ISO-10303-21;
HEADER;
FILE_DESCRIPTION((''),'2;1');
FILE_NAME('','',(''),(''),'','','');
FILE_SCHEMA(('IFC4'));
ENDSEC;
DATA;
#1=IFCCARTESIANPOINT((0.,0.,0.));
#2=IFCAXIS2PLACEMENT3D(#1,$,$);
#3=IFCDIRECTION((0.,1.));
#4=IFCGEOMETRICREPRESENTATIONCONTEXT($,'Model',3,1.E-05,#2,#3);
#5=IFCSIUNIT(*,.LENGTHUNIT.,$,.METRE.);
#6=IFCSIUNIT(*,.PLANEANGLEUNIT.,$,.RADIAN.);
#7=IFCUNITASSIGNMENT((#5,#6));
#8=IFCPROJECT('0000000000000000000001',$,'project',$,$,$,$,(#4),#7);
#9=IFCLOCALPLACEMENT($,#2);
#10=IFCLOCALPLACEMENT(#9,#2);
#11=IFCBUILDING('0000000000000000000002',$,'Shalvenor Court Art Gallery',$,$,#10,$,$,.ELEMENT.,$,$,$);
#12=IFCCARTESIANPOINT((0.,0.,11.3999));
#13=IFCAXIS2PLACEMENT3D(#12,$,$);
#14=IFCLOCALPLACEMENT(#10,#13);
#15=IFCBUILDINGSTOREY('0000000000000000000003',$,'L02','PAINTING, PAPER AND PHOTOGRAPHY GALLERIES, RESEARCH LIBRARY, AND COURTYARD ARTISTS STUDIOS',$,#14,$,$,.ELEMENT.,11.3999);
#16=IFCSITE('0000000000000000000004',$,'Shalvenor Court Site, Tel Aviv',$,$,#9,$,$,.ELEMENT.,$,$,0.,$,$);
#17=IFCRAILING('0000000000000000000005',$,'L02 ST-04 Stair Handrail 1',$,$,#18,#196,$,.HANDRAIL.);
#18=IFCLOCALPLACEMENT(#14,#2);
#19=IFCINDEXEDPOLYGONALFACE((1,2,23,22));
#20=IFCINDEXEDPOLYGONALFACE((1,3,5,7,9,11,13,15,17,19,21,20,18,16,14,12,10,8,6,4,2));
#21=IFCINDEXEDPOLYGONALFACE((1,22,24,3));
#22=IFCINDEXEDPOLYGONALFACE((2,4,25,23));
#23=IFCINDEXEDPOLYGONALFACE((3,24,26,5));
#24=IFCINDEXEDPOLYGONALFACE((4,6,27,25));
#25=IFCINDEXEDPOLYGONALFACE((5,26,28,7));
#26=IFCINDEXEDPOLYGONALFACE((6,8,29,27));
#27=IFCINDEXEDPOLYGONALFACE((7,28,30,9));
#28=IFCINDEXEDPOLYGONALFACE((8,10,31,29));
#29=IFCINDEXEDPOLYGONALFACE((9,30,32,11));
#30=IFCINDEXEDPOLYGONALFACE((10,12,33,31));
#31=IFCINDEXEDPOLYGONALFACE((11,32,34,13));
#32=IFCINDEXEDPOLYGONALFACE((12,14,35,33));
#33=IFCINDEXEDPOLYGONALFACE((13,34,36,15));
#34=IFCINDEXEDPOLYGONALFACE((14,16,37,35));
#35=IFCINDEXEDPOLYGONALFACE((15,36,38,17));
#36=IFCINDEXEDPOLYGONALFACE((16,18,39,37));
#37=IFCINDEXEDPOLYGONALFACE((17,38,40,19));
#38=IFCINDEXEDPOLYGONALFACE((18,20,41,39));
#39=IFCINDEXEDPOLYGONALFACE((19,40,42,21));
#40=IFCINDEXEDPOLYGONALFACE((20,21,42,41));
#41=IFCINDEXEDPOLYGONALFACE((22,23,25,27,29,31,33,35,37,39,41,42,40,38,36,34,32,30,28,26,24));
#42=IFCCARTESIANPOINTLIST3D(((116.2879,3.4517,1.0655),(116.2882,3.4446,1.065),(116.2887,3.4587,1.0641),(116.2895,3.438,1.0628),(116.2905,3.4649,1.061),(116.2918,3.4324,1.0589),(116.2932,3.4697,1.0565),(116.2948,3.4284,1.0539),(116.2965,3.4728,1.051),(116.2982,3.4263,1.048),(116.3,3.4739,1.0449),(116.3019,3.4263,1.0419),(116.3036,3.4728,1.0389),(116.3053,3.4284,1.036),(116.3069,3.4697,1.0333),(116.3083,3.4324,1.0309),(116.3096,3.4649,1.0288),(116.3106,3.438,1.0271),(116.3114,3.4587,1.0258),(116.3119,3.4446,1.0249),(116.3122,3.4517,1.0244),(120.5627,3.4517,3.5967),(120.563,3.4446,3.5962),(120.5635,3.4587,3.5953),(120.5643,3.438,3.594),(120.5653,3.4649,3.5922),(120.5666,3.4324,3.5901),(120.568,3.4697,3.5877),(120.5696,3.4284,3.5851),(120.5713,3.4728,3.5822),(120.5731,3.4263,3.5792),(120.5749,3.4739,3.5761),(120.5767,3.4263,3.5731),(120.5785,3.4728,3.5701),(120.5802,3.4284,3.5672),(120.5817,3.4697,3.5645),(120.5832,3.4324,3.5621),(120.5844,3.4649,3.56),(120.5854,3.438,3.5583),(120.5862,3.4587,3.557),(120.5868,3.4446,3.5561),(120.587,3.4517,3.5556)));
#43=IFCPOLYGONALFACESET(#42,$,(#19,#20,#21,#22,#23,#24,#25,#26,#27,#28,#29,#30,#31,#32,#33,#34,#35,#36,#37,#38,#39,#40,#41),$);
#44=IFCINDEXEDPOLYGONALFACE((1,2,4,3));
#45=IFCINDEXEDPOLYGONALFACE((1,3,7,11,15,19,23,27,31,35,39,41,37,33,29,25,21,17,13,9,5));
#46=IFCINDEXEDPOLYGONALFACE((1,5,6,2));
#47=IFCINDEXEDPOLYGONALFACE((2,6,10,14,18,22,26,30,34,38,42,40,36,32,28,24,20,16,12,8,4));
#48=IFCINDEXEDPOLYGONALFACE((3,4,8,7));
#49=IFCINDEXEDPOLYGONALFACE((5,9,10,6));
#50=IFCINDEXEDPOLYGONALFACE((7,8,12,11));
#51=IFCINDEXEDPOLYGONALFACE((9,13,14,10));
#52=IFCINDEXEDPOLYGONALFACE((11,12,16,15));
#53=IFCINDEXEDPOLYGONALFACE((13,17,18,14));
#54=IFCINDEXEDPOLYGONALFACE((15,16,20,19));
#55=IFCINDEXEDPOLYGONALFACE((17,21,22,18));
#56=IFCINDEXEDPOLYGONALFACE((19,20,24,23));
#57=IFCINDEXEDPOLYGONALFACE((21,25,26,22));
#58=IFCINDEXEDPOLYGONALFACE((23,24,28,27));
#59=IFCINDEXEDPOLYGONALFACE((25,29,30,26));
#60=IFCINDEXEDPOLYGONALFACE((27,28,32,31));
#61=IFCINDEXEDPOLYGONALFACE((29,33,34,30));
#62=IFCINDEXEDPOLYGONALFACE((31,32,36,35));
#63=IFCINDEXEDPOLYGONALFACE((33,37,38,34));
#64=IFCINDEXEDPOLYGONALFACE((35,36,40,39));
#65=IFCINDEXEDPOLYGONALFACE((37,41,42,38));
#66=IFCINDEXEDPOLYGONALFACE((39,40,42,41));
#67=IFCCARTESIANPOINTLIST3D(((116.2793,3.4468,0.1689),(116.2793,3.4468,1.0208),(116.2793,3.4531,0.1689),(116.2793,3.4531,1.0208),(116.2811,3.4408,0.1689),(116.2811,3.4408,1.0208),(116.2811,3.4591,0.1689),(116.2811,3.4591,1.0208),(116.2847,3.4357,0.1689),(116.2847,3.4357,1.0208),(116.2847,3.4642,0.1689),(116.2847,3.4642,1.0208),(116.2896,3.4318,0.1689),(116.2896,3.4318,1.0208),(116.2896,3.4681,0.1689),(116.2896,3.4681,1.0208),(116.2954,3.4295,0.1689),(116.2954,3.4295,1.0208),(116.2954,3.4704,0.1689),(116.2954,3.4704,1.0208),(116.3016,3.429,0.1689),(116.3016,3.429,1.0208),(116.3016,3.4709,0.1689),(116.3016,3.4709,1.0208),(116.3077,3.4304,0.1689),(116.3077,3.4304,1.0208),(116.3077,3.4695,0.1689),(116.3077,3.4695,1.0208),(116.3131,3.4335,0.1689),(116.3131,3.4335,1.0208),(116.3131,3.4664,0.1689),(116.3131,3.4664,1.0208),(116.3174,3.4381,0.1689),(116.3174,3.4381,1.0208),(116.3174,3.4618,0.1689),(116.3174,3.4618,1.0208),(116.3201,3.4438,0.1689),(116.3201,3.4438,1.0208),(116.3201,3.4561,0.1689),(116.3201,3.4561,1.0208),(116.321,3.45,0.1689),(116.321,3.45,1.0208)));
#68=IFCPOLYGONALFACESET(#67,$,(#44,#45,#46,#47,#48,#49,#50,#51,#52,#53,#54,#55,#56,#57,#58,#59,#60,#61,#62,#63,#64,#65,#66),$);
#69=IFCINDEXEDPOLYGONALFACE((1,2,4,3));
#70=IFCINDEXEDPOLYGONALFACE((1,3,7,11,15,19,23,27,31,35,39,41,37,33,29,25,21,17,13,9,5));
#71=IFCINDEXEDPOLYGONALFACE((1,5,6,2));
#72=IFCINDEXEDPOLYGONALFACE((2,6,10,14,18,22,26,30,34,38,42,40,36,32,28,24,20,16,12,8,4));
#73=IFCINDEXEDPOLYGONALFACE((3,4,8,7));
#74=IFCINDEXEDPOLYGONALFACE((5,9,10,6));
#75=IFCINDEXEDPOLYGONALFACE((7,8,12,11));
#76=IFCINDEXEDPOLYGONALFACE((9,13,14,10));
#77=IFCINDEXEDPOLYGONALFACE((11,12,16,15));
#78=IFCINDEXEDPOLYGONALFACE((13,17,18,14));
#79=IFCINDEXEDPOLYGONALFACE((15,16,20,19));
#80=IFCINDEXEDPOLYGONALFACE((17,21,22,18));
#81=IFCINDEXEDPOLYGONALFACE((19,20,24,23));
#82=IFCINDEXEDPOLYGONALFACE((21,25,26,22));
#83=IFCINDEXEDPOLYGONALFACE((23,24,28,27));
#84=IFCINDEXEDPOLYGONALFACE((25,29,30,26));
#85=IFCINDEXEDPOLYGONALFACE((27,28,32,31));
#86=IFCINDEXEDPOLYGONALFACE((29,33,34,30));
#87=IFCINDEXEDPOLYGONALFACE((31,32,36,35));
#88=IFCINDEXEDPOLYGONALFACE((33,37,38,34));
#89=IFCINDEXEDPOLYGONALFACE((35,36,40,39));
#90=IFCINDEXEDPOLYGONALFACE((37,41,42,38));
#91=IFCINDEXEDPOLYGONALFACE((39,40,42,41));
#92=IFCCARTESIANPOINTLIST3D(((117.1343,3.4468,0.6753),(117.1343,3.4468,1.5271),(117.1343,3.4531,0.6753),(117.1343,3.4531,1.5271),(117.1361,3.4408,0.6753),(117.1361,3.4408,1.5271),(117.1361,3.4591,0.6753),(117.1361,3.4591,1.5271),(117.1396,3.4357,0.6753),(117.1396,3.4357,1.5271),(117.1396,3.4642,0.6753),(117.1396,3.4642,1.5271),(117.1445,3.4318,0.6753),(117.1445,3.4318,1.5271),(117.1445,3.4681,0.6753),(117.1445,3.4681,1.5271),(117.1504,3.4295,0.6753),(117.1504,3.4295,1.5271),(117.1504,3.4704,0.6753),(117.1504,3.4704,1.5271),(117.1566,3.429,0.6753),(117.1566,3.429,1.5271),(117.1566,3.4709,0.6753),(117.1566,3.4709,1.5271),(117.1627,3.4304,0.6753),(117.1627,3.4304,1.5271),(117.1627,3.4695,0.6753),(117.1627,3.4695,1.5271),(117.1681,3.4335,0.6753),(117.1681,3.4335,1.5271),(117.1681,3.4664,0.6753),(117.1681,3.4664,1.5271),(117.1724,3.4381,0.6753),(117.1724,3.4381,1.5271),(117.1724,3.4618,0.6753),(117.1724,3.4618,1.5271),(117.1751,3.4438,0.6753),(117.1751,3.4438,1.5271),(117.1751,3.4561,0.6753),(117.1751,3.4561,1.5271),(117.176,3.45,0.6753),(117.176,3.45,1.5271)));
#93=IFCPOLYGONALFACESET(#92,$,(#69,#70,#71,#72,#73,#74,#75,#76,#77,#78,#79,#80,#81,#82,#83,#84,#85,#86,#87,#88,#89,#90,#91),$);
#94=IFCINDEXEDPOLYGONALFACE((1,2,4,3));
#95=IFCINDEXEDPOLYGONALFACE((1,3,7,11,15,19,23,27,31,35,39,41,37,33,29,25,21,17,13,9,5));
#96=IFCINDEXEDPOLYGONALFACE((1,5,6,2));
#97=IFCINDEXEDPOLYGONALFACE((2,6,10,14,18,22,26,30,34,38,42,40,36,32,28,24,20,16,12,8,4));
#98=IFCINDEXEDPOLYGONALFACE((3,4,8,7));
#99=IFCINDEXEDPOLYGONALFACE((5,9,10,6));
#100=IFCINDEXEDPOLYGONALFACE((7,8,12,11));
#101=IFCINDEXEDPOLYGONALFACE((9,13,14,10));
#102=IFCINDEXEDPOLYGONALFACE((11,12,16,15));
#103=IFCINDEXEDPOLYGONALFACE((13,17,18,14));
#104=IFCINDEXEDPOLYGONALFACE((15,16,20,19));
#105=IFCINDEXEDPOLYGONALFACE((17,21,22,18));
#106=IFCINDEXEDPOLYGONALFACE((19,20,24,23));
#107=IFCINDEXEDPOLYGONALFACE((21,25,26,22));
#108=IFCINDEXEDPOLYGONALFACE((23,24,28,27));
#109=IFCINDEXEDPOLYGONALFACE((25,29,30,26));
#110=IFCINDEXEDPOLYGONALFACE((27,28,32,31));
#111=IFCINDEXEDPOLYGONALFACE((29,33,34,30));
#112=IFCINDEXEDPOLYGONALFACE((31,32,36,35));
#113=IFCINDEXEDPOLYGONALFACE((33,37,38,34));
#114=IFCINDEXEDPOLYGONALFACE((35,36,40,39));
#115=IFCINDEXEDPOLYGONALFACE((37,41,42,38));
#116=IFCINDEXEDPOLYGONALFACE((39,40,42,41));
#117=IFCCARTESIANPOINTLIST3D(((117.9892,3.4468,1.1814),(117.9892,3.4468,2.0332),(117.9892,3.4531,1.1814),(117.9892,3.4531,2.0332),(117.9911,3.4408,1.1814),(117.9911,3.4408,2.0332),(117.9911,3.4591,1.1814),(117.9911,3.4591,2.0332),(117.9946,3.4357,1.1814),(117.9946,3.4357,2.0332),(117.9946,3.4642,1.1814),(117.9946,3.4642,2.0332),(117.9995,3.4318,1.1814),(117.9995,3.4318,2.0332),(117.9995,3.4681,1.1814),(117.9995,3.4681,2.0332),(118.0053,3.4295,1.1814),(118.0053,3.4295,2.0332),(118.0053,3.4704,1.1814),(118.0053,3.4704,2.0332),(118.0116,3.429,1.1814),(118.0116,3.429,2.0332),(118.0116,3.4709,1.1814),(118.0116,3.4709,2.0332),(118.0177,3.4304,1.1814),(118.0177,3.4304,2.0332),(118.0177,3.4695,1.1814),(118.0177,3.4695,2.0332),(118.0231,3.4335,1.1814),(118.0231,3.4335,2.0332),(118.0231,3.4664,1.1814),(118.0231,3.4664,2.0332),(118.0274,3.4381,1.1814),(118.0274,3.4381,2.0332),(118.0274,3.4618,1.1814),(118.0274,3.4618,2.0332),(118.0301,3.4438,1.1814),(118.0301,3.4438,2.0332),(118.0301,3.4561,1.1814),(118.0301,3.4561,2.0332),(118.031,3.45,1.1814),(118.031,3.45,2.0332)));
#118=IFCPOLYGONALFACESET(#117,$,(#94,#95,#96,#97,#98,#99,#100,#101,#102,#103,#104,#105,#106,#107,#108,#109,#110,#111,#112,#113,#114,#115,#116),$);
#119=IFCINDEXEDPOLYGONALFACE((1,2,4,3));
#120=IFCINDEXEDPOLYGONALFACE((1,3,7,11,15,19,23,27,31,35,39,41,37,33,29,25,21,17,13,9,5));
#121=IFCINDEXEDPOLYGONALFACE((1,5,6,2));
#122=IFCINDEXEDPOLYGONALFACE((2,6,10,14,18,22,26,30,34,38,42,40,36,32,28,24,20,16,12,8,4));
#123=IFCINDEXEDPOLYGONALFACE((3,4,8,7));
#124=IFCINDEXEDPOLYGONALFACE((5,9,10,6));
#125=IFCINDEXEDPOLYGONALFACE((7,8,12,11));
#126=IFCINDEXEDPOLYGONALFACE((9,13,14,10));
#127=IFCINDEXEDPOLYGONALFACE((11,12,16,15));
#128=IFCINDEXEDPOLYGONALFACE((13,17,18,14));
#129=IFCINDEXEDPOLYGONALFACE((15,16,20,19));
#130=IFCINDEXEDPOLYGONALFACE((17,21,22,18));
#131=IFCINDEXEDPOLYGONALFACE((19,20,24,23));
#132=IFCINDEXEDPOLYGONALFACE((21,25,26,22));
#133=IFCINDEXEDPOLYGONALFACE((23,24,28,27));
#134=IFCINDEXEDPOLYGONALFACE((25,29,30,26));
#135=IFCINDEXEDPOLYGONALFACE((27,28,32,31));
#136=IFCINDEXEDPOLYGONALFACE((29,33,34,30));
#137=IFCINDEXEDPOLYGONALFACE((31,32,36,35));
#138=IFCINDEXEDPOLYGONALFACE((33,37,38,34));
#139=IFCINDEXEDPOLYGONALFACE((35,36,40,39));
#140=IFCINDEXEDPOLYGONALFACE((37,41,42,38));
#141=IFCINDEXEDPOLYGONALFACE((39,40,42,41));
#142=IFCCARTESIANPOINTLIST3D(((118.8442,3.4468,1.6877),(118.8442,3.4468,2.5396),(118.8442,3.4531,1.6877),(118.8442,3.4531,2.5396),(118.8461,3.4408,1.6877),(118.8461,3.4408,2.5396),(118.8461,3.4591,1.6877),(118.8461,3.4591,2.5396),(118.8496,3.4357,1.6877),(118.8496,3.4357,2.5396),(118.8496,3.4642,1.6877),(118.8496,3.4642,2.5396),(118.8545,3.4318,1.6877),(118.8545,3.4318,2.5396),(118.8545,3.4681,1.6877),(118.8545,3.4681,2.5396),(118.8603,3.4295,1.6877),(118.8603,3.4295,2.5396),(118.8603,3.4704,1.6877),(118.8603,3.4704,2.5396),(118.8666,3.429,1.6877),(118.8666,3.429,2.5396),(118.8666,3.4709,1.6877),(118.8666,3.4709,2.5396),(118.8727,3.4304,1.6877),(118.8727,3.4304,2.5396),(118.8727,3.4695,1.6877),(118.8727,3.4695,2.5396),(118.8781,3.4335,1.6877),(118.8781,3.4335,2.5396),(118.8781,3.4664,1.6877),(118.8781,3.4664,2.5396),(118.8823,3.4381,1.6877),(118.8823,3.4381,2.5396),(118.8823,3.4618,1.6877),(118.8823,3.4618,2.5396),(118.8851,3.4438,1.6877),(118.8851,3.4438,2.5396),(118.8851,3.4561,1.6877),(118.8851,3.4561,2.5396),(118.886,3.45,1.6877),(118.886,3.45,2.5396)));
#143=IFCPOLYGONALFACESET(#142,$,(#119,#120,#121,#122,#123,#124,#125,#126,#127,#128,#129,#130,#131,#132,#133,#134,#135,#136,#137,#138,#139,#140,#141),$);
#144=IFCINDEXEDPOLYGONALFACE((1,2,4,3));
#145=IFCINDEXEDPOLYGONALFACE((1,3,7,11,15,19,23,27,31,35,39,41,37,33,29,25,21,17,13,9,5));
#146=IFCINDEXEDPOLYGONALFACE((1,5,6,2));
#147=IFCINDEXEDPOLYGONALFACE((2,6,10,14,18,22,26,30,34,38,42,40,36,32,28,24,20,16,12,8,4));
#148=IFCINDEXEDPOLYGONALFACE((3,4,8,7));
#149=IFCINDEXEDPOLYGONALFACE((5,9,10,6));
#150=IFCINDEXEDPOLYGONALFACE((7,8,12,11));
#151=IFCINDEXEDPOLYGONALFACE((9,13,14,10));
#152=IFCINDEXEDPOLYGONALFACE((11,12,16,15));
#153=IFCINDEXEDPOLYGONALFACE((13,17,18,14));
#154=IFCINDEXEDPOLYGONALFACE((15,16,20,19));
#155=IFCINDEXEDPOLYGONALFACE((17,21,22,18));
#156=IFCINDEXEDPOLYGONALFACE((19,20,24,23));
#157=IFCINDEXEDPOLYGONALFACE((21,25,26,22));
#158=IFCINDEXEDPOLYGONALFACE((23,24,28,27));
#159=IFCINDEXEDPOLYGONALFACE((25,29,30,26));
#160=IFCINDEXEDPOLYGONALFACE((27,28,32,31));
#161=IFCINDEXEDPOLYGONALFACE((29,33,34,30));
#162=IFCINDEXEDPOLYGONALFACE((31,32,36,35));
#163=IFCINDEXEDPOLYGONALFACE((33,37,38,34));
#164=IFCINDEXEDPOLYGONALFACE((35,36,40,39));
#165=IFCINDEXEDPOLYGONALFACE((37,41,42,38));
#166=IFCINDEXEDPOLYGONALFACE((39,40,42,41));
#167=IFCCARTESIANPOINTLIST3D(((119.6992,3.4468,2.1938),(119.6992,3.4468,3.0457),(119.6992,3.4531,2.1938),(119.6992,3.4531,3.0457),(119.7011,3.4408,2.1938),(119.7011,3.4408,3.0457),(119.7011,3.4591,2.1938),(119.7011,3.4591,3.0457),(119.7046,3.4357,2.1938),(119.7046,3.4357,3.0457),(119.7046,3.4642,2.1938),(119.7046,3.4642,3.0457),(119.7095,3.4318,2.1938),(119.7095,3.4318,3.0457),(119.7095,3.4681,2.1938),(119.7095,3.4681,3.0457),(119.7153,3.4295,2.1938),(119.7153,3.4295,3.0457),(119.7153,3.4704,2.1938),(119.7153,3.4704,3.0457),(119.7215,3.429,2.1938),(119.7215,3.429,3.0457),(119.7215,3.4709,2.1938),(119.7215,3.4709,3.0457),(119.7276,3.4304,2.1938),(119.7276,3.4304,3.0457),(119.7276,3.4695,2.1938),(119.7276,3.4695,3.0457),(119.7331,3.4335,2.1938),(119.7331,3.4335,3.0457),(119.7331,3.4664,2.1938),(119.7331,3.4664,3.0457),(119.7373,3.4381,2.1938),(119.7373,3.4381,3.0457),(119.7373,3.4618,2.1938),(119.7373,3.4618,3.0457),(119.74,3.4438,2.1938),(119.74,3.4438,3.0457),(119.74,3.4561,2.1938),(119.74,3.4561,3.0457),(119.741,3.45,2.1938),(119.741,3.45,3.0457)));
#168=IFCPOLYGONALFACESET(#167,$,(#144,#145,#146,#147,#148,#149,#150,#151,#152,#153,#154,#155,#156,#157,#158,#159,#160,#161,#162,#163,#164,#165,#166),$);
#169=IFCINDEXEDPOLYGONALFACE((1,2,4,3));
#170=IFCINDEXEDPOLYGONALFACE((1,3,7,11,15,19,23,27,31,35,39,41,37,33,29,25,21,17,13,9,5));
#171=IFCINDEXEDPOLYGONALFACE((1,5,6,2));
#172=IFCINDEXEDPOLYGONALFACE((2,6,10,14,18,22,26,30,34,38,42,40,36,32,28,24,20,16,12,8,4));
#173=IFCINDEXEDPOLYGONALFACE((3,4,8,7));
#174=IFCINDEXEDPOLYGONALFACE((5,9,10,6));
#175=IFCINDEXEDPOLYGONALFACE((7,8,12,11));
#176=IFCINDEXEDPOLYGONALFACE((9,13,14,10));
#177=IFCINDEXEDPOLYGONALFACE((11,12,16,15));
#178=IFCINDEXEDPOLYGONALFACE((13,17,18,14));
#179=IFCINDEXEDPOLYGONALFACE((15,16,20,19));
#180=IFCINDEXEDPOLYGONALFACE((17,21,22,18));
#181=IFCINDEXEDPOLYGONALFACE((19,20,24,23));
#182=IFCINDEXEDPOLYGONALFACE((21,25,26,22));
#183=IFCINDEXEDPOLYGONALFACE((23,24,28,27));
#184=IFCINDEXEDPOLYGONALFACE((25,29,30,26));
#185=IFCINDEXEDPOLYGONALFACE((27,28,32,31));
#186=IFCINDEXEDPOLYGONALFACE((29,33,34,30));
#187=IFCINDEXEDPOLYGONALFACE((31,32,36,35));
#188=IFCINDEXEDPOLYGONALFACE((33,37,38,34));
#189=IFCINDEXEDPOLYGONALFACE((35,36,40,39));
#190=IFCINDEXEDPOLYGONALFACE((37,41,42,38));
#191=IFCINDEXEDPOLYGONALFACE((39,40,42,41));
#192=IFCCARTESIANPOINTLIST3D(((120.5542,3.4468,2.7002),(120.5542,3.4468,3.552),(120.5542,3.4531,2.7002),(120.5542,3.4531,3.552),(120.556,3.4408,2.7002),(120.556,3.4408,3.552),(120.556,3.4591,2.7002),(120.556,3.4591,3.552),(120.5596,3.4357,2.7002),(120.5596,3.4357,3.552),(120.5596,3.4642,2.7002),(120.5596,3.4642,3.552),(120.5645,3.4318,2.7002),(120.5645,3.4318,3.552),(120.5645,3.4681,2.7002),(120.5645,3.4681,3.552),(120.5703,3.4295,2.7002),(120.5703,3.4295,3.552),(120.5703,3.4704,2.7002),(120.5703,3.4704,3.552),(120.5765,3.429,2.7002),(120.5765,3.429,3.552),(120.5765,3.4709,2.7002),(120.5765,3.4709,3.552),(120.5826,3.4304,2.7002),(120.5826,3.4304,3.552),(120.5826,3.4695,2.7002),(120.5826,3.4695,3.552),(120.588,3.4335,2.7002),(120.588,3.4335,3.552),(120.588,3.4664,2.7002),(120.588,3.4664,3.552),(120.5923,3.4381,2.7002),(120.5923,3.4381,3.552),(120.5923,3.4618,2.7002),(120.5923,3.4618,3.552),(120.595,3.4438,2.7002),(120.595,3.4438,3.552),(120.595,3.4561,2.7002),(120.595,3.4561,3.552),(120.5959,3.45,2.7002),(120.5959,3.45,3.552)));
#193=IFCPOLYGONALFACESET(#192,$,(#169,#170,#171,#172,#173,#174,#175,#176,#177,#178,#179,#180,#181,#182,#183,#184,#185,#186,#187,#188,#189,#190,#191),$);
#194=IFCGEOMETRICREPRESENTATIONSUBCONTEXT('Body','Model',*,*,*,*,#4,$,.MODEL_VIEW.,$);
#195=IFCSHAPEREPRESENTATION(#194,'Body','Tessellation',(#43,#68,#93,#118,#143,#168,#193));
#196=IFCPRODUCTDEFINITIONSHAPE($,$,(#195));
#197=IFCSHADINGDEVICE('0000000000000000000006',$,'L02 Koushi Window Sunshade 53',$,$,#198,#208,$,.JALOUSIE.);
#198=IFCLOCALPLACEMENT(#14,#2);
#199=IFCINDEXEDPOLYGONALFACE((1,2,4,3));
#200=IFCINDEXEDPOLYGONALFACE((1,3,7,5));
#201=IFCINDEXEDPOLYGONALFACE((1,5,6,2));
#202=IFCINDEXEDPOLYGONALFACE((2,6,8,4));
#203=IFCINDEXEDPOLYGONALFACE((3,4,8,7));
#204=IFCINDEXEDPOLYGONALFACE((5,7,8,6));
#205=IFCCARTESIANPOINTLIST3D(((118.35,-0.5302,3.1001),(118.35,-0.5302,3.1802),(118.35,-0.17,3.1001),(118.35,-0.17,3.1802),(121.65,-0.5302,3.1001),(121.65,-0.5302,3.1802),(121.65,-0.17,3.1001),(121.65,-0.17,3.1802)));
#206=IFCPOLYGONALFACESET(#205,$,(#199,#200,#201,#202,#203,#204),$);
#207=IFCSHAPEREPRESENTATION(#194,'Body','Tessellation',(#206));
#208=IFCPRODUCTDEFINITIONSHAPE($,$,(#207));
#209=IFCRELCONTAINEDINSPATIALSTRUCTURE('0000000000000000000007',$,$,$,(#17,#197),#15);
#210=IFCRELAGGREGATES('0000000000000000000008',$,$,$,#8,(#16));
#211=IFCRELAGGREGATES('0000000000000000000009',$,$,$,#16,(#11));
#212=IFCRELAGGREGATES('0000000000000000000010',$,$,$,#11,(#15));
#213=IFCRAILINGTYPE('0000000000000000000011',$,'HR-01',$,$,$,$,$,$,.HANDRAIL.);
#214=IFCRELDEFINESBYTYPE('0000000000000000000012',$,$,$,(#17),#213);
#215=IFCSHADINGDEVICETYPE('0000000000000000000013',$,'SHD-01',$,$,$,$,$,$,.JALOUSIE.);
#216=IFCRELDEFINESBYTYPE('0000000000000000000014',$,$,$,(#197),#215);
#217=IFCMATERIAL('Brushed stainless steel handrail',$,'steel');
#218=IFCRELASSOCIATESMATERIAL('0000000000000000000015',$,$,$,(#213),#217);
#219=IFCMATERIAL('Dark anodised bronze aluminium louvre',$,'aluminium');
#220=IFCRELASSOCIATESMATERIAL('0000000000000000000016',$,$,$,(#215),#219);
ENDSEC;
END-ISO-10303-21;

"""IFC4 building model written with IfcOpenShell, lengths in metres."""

from ifc_helpers import new_model, si_unit, direction, frame, origin, origin_2d, place, context, subcontext, project, spatial, rectangle, circle, extrude, material, type_object, element, save


model = new_model("IFC4")

# Units and contexts
model_context = context("Model", 3, precision=1e-05, world=origin(), true_north=direction((0.0, 1.0)))
body_context = subcontext(model_context, "Body", "Model", "MODEL_VIEW")
ifc_project = project(units=[si_unit("LENGTHUNIT", "METRE"), si_unit("PLANEANGLEUNIT", "RADIAN")], contexts=[model_context])

# Site, building, storey
site_placement = place(None, origin())
site = spatial("IfcSite", under=ifc_project, at=site_placement, Name="Shalvenor Court Site, Tel Aviv", CompositionType="ELEMENT", RefElevation=0.0)
building_placement = place(site_placement, origin())
building = spatial("IfcBuilding", under=site, at=building_placement, Name="Shalvenor Court Art Gallery", CompositionType="ELEMENT")
storey_placement = place(building_placement, frame((0.0, 0.0, 11.3999)))
storey = spatial("IfcBuildingStorey", under=building, at=storey_placement, Name="L02", Description="PAINTING, PAPER AND PHOTOGRAPHY GALLERIES, RESEARCH LIBRARY, AND COURTYARD ARTISTS STUDIOS", CompositionType="ELEMENT", Elevation=11.3999)

# Railing
ifc_material_1 = material(Name="Brushed stainless steel handrail", Category="steel")
railing_type = type_object("IfcRailingType", Name="HR-01", PredefinedType="HANDRAIL", material=ifc_material_1)
railing_placement = place(storey_placement, frame((116.3, 3.45, 0.1689)))
element("IfcRailing", 1, at=railing_placement, inside=storey, type_object=railing_type, Name="L02 ST-04 Stair Handrail 1", PredefinedType="HANDRAIL", context=body_context, shape_type="SweptSolid", body=[
    extrude(circle(Radius=0.0239, at=origin_2d()), frame((0.0, 0.0, 0.876), z_axis=(0.86047, 0.0, 0.509501), x_axis=(0.0, 1.0, 0.0)), (0.0, 0.0, 1.0), 4.968),
    extrude(circle(Radius=0.021, at=origin_2d()), origin(), (0.0, 0.0, 1.0), 0.8518),
    extrude(circle(Radius=0.021, at=origin_2d()), frame((0.855, 0.0, 0.5063)), (0.0, 0.0, 1.0), 0.8518),
    extrude(circle(Radius=0.021, at=origin_2d()), frame((1.71, 0.0, 1.0125)), (0.0, 0.0, 1.0), 0.8518),
    extrude(circle(Radius=0.021, at=origin_2d()), frame((2.5649, 0.0, 1.5188)), (0.0, 0.0, 1.0), 0.8518),
    extrude(circle(Radius=0.021, at=origin_2d()), frame((3.4199, 0.0, 2.0249)), (0.0, 0.0, 1.0), 0.8518),
    extrude(circle(Radius=0.021, at=origin_2d()), frame((4.2749, 0.0, 2.5312)), (0.0, 0.0, 1.0), 0.8518),
])

# Shading device
ifc_material_2 = material(Name="Dark anodised bronze aluminium louvre", Category="aluminium")
shading_device_type = type_object("IfcShadingDeviceType", Name="SHD-01", PredefinedType="JALOUSIE", material=ifc_material_2)
shading_device_placement = place(storey_placement, frame((120.0, -0.3501, 3.1001), z_axis=(0.0, 0.0, 1.0), x_axis=(-1.0, 0.0, 0.0)))
element("IfcShadingDevice", 2, at=shading_device_placement, inside=storey, type_object=shading_device_type, Name="L02 Koushi Window Sunshade 53", PredefinedType="JALOUSIE", context=body_context, shape_type="SweptSolid", body=[
    extrude(rectangle(XDim=3.3, YDim=0.3601, at=origin_2d()), origin(), (0.0, 0.0, 1.0), 0.0801),
])

save(model, "model.ifc")
